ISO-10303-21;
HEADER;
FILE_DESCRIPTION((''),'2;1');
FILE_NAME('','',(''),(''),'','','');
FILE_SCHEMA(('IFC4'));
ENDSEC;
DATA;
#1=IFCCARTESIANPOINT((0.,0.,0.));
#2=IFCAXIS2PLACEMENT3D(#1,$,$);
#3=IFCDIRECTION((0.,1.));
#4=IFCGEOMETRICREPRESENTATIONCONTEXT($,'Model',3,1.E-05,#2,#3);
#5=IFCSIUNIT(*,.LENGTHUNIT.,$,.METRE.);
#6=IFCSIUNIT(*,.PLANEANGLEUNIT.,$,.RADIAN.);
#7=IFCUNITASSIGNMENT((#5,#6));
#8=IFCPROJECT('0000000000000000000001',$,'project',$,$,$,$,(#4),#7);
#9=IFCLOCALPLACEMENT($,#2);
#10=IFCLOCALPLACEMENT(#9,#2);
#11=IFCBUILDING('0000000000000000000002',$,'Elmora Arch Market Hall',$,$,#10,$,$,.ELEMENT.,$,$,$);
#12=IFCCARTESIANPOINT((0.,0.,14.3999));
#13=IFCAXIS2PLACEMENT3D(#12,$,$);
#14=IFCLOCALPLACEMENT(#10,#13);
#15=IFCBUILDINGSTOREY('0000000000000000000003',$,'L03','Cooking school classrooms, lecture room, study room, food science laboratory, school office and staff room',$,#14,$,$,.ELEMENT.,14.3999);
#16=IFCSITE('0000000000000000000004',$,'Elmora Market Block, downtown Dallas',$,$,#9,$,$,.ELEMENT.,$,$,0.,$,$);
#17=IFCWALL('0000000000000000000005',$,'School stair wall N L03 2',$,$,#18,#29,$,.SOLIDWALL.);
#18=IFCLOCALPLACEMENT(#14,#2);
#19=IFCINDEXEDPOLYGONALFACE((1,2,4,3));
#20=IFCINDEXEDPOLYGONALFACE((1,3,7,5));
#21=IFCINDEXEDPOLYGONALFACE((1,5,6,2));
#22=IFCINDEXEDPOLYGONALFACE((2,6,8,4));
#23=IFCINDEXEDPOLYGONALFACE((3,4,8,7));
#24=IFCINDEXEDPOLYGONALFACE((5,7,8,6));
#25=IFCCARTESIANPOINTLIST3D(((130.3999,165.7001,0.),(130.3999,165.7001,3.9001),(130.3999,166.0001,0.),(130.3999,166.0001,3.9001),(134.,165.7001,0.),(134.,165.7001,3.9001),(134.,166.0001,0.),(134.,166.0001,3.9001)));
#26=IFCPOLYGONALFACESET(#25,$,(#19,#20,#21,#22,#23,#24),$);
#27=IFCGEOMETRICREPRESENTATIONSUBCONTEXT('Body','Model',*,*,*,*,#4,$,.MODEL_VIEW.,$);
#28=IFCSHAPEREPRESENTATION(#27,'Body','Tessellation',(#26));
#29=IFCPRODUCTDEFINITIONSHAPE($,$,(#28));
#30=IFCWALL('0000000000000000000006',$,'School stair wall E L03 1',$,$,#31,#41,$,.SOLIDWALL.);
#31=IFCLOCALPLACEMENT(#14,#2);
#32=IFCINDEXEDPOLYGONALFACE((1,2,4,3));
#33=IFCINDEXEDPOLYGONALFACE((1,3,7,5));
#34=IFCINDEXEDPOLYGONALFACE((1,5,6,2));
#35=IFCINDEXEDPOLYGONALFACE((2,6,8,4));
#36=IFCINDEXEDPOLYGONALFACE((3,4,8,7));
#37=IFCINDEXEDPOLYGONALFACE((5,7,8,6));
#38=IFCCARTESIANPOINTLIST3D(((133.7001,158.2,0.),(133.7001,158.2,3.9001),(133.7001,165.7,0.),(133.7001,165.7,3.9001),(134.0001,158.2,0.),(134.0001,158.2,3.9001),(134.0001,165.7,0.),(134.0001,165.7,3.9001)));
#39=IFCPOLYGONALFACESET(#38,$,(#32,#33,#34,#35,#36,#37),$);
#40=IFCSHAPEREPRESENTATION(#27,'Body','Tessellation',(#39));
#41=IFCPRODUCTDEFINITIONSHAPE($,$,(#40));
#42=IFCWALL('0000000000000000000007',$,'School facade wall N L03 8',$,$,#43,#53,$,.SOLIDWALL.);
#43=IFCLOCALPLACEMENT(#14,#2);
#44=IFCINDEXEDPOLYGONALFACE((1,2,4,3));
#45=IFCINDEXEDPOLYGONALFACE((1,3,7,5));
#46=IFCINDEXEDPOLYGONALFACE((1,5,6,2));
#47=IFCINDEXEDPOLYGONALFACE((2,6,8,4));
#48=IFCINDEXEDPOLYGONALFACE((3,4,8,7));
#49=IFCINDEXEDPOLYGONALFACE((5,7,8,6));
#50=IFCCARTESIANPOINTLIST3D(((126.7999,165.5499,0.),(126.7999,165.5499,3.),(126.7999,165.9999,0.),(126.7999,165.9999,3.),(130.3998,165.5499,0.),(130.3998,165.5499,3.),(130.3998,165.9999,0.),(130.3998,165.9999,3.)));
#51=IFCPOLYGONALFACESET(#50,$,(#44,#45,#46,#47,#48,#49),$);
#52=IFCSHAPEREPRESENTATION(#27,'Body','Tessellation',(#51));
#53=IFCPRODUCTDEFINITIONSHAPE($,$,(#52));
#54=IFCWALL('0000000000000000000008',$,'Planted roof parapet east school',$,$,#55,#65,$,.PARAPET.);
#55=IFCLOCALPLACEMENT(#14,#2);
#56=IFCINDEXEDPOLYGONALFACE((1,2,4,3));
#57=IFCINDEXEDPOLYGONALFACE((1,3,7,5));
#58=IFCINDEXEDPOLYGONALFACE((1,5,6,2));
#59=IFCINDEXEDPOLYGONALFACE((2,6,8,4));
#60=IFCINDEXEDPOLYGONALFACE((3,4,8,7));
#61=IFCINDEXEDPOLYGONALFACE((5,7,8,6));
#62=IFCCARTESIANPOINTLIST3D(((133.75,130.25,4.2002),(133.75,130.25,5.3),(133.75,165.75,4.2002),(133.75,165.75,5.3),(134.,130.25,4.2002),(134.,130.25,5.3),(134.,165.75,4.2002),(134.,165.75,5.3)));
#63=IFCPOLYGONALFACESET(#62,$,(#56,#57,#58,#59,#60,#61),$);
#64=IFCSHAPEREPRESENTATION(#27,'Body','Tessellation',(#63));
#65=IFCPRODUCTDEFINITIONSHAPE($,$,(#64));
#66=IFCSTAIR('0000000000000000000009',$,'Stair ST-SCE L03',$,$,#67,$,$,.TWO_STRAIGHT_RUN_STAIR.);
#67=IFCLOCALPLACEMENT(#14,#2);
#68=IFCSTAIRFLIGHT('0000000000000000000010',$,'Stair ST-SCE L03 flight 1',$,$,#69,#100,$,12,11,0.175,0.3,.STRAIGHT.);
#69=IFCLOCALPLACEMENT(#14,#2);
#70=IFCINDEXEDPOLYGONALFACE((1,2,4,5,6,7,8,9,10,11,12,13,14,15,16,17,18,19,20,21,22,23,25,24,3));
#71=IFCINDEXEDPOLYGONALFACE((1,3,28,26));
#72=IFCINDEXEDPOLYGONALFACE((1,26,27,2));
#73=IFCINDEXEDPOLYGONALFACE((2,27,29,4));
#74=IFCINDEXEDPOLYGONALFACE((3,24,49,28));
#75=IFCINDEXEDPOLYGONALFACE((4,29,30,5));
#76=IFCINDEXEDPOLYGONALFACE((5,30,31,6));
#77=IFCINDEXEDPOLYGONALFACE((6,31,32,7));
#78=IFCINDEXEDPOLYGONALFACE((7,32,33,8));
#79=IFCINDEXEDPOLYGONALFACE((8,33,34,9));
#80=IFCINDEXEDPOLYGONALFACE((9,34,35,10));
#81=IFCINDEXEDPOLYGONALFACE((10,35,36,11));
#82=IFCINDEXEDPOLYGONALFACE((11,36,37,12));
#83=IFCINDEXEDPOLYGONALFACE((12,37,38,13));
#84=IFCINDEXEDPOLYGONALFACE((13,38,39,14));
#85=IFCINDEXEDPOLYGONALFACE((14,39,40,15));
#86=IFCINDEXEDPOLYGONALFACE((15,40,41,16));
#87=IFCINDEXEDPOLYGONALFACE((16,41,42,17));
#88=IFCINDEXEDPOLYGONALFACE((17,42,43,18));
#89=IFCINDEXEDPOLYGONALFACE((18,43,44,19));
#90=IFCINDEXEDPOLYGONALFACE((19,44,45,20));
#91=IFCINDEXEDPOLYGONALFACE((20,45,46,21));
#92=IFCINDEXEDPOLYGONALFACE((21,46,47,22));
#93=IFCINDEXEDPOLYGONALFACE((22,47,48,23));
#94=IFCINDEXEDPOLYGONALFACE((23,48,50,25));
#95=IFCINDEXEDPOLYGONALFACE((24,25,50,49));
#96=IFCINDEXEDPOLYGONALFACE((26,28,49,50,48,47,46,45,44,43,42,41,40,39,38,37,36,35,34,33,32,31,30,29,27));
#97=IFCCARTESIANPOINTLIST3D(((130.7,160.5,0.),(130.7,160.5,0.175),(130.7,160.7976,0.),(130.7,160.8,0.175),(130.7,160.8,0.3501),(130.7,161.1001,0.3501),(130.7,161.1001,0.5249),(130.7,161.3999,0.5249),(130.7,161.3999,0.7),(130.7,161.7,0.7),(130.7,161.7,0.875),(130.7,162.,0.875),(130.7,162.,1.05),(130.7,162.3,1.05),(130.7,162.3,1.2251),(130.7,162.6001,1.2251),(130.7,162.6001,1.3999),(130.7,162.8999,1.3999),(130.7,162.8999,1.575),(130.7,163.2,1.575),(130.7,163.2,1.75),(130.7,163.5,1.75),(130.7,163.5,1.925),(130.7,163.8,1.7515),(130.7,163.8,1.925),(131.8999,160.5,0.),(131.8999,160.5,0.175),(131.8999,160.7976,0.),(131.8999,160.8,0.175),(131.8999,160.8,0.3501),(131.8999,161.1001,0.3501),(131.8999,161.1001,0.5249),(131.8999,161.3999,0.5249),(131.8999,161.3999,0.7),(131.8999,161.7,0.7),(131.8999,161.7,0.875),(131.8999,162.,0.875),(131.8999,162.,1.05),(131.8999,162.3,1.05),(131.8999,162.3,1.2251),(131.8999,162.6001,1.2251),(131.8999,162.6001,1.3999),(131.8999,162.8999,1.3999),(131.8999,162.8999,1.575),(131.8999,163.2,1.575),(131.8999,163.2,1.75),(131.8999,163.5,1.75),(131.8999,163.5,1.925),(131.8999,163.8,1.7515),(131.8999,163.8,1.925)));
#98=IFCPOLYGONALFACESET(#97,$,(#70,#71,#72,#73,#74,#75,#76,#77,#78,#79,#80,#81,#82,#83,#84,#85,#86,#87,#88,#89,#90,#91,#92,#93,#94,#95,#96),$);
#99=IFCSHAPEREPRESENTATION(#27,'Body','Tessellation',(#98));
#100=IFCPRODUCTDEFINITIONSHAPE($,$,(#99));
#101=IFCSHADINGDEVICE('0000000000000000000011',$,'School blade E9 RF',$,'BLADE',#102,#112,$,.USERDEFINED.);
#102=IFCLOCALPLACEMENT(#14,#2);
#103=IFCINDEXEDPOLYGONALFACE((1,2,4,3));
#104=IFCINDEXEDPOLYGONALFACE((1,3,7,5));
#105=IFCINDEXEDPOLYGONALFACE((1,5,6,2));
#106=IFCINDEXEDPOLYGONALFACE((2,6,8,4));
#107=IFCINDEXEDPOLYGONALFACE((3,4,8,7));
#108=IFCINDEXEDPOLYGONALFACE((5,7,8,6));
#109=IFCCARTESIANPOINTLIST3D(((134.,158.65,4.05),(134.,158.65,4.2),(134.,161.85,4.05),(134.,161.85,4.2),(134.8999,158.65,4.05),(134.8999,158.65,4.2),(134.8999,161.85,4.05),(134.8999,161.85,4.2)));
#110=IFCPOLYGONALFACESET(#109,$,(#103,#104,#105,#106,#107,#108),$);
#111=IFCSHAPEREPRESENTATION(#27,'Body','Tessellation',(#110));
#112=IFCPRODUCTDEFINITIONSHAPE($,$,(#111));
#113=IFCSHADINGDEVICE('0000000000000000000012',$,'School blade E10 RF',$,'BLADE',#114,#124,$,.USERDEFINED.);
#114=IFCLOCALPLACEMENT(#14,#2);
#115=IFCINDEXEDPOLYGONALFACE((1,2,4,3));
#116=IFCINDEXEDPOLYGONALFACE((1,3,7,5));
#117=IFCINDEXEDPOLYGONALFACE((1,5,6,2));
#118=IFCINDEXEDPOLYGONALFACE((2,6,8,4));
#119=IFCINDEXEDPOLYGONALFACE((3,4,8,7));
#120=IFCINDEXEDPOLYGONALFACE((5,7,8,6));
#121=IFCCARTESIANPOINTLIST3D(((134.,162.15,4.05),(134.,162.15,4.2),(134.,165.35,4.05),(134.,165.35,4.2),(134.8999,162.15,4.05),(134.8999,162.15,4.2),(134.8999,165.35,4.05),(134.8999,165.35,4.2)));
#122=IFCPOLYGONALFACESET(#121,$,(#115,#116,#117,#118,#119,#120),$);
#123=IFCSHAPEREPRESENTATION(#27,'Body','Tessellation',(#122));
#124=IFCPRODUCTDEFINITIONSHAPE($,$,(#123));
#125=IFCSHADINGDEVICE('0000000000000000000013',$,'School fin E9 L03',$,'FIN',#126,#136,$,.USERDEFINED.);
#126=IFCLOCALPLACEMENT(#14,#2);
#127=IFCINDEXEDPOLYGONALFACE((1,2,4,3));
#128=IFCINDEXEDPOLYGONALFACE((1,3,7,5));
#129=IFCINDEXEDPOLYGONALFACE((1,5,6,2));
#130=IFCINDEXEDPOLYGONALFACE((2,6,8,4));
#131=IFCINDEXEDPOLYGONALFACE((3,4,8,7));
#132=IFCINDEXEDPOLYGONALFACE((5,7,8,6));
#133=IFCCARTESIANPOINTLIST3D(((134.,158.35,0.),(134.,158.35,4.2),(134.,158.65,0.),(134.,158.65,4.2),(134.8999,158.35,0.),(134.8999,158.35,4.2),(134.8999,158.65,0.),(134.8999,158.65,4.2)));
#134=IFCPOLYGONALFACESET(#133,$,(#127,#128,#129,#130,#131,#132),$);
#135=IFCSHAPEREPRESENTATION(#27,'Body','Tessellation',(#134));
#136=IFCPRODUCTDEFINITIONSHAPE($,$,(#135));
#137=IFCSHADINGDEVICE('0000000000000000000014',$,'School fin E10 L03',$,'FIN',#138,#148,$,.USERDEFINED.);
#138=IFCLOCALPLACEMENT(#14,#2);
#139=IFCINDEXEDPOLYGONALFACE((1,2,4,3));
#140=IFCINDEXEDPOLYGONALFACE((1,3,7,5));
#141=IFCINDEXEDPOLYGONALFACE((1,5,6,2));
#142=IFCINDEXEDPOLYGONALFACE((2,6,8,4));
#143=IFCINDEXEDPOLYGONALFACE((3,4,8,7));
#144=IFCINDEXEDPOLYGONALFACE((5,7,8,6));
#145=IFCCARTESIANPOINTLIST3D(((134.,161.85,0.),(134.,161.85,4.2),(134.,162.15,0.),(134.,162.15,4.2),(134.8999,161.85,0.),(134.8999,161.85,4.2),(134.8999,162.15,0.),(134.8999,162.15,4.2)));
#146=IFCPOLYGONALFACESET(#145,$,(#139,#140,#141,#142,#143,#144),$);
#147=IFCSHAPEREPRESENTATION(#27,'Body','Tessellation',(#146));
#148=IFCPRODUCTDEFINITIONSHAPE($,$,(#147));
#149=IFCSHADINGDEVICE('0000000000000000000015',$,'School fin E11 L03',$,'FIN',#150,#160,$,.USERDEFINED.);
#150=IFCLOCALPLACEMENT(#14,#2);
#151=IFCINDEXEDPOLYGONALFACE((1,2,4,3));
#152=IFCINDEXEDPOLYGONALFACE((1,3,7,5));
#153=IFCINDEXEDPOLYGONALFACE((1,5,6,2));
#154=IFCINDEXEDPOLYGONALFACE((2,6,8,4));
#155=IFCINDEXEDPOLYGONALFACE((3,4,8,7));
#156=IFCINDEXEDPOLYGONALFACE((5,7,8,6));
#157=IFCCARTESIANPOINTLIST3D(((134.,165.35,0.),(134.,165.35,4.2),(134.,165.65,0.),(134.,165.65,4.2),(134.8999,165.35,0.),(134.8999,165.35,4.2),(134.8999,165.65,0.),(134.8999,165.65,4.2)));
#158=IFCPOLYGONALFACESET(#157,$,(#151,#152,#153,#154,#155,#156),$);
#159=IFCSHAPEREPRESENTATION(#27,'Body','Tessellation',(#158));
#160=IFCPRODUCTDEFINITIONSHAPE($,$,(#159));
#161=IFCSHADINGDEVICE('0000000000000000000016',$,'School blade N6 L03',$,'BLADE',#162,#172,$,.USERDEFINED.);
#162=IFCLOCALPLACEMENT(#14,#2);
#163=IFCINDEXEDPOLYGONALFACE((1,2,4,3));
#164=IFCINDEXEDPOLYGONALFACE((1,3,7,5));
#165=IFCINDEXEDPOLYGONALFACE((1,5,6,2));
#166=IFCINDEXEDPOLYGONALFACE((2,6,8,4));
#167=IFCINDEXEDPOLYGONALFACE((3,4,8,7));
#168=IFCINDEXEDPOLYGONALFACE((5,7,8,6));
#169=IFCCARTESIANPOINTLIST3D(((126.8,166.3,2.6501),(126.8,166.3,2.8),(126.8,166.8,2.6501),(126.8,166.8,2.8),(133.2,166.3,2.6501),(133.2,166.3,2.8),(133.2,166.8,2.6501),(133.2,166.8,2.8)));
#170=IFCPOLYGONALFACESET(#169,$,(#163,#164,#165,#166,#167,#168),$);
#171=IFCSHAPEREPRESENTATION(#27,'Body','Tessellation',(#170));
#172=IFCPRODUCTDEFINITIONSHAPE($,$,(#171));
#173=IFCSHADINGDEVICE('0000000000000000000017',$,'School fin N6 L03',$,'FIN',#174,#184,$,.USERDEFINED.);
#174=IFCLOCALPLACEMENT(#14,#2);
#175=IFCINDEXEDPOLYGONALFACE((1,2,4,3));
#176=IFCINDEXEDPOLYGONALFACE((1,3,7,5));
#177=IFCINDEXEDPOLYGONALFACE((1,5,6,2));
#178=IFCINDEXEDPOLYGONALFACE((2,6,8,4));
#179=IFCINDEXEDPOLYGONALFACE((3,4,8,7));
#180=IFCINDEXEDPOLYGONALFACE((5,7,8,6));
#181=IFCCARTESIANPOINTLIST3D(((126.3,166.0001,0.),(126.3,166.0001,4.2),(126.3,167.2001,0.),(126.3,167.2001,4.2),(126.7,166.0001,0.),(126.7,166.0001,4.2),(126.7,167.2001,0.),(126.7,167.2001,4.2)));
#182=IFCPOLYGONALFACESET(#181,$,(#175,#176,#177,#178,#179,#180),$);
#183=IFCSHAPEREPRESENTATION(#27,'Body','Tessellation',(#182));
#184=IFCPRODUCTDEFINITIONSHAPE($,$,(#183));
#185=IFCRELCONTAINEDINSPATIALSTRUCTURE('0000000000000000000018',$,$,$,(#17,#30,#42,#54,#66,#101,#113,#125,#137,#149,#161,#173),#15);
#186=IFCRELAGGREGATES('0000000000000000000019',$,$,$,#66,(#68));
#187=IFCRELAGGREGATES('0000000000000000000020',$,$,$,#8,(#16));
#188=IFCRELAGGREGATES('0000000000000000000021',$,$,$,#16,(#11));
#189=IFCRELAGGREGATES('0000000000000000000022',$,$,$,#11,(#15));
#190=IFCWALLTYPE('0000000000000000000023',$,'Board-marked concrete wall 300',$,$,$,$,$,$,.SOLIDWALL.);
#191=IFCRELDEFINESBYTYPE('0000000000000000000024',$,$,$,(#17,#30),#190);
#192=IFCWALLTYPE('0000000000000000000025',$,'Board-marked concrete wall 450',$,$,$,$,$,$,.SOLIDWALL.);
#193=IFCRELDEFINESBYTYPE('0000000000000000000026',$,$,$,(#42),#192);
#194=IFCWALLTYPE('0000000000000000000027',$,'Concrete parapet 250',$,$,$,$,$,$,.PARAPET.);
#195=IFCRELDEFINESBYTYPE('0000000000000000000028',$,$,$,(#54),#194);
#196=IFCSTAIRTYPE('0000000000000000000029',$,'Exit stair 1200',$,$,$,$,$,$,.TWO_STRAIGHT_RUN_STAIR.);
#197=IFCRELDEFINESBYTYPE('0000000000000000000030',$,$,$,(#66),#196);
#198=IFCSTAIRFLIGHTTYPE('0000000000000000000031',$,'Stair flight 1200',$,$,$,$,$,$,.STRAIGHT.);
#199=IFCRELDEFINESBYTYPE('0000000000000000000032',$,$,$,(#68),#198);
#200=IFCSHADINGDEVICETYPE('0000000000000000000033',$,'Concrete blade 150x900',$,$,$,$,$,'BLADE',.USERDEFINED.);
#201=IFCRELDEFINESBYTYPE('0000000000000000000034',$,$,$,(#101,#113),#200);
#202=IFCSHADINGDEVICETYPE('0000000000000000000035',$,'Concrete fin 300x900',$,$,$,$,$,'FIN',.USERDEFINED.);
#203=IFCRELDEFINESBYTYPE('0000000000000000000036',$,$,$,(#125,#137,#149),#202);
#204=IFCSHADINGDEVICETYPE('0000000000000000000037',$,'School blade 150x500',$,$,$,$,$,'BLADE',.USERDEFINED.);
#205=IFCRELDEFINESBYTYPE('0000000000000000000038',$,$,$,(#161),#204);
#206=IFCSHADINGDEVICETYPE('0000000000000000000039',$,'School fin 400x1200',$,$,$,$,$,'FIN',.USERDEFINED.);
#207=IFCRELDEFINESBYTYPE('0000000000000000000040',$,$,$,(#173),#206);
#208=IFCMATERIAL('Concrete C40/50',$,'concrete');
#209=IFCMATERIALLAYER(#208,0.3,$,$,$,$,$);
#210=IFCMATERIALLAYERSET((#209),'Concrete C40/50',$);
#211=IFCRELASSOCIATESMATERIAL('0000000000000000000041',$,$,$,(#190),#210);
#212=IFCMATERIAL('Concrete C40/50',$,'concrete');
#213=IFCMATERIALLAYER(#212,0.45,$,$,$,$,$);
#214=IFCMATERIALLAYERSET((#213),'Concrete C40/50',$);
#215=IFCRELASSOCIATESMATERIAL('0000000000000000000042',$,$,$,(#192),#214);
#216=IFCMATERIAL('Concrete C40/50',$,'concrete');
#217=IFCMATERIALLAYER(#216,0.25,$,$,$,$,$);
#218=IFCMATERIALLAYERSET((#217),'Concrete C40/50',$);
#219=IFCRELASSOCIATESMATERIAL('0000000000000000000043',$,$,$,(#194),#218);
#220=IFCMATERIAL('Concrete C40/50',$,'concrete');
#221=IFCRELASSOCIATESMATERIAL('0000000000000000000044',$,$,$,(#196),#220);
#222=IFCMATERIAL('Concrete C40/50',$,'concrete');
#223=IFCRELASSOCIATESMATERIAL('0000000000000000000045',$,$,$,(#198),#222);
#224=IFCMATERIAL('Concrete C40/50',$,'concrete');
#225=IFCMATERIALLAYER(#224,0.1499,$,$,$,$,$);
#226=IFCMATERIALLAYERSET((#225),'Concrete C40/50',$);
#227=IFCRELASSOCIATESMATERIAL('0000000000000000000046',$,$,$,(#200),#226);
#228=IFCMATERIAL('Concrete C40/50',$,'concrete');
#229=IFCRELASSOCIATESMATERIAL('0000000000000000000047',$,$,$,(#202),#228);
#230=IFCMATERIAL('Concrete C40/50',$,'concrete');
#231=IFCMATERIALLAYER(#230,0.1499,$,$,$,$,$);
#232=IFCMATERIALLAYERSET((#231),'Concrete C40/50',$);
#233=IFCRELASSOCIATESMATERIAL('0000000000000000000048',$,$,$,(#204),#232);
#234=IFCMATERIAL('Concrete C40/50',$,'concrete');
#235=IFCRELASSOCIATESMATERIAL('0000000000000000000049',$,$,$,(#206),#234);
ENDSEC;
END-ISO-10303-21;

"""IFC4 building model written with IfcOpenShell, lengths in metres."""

from ifc_helpers import new_model, si_unit, direction, frame, frame_2d, origin, origin_2d, place, context, subcontext, project, spatial, polyline, rectangle, outline, extrude, material, layer, layer_set, type_object, element, aggregate, save


model = new_model("IFC4")

# Units and contexts
model_context = context("Model", 3, precision=1e-05, world=origin(), true_north=direction((0.0, 1.0)))
body_context = subcontext(model_context, "Body", "Model", "MODEL_VIEW")
ifc_project = project(units=[si_unit("LENGTHUNIT", "METRE"), si_unit("PLANEANGLEUNIT", "RADIAN")], contexts=[model_context])

# Site, building, storey
site_placement = place(None, origin())
site = spatial("IfcSite", under=ifc_project, at=site_placement, Name="Elmora Market Block, downtown Dallas", CompositionType="ELEMENT", RefElevation=0.0)
building_placement = place(site_placement, origin())
building = spatial("IfcBuilding", under=site, at=building_placement, Name="Elmora Arch Market Hall", CompositionType="ELEMENT")
storey_placement = place(building_placement, frame((0.0, 0.0, 14.3999)))
storey = spatial("IfcBuildingStorey", under=building, at=storey_placement, Name="L03", Description="Cooking school classrooms, lecture room, study room, food science laboratory, school office and staff room", CompositionType="ELEMENT", Elevation=14.3999)

# Walls
ifc_material_1 = material(Name="Concrete C40/50", Category="concrete")
ifc_layer_1 = layer(ifc_material_1, 0.3)
ifc_layer_set_1 = layer_set([ifc_layer_1], Name="Concrete C40/50")
wall_type_1 = type_object("IfcWallType", Name="Board-marked concrete wall 300", PredefinedType="SOLIDWALL", material=ifc_layer_set_1)
wall_1_placement = place(storey_placement, frame((130.3999, 165.8501, 0.0), z_axis=(0.0, 0.0, 1.0), x_axis=(1.0, 0.0, 0.0)))
element("IfcWall", 1, at=wall_1_placement, inside=storey, type_object=wall_type_1, Name="School stair wall N L03 2", PredefinedType="SOLIDWALL", context=body_context, shape_type="SweptSolid", body=[
    extrude(rectangle(XDim=3.6001, YDim=0.3, at=frame_2d((1.8, 0.0))), origin(), (0.0, 0.0, 1.0), 3.9001),
])
wall_2_placement = place(storey_placement, frame((133.8501, 165.7, 0.0), z_axis=(0.0, 0.0, 1.0), x_axis=(0.0, -1.0, 0.0)))
element("IfcWall", 2, at=wall_2_placement, inside=storey, type_object=wall_type_1, Name="School stair wall E L03 1", PredefinedType="SOLIDWALL", context=body_context, shape_type="SweptSolid", body=[
    extrude(rectangle(XDim=7.5, YDim=0.3, at=frame_2d((3.75, 0.0))), origin(), (0.0, 0.0, 1.0), 3.9001),
])
ifc_material_2 = material(Name="Concrete C40/50", Category="concrete")
ifc_layer_2 = layer(ifc_material_2, 0.45)
ifc_layer_set_2 = layer_set([ifc_layer_2], Name="Concrete C40/50")
wall_type_2 = type_object("IfcWallType", Name="Board-marked concrete wall 450", PredefinedType="SOLIDWALL", material=ifc_layer_set_2)
wall_3_placement = place(storey_placement, frame((126.8, 165.7749, 0.0), z_axis=(0.0, 0.0, 1.0), x_axis=(1.0, 0.0, 0.0)))
element("IfcWall", 3, at=wall_3_placement, inside=storey, type_object=wall_type_2, Name="School facade wall N L03 8", PredefinedType="SOLIDWALL", context=body_context, shape_type="SweptSolid", body=[
    extrude(rectangle(XDim=3.5999, YDim=0.45, at=frame_2d((1.7998, 0.0))), origin(), (0.0, 0.0, 1.0), 3.0),
])
ifc_material_3 = material(Name="Concrete C40/50", Category="concrete")
ifc_layer_3 = layer(ifc_material_3, 0.25)
ifc_layer_set_3 = layer_set([ifc_layer_3], Name="Concrete C40/50")
wall_type_3 = type_object("IfcWallType", Name="Concrete parapet 250", PredefinedType="PARAPET", material=ifc_layer_set_3)
wall_4_placement = place(storey_placement, frame((133.875, 165.75, 4.2002), z_axis=(0.0, 0.0, 1.0), x_axis=(0.0, -1.0, 0.0)))
element("IfcWall", 4, at=wall_4_placement, inside=storey, type_object=wall_type_3, Name="Planted roof parapet east school", PredefinedType="PARAPET", context=body_context, shape_type="SweptSolid", body=[
    extrude(rectangle(XDim=35.5, YDim=0.25, at=frame_2d((17.75, 0.0))), origin(), (0.0, 0.0, 1.0), 1.0999),
])

# Stair, stair flight
ifc_material_4 = material(Name="Concrete C40/50", Category="concrete")
stair_type = type_object("IfcStairType", Name="Exit stair 1200", PredefinedType="TWO_STRAIGHT_RUN_STAIR", material=ifc_material_4)
stair_placement = place(storey_placement, origin())
stair = element("IfcStair", 5, at=stair_placement, inside=storey, type_object=stair_type, Name="Stair ST-SCE L03", PredefinedType="TWO_STRAIGHT_RUN_STAIR")
ifc_material_5 = material(Name="Concrete C40/50", Category="concrete")
stair_flight_type = type_object("IfcStairFlightType", Name="Stair flight 1200", PredefinedType="STRAIGHT", material=ifc_material_5)
stair_flight_placement = place(storey_placement, frame((131.3, 160.5, 0.0), z_axis=(0.0, 0.0, 1.0), x_axis=(0.0, 1.0, 0.0)))
stair_flight = element("IfcStairFlight", 6, at=stair_flight_placement, type_object=stair_flight_type, Name="Stair ST-SCE L03 flight 1", NumberOfRisers=12, NumberOfTreads=11, PredefinedType="STRAIGHT", RiserHeight=0.175, TreadLength=0.3, context=body_context, shape_type="SweptSolid", body=[
    extrude(outline(polyline([(0.0, 0.0), (0.0, 0.175), (0.3, 0.175), (0.3, 0.3501), (0.6001, 0.3501), (0.6001, 0.5249), (0.8999, 0.5249), (0.8999, 0.7), (1.2, 0.7), (1.2, 0.875), (1.5, 0.875), (1.5, 1.05), (1.8, 1.05), (1.8, 1.2251), (2.1001, 1.2251), (2.1001, 1.3999), (2.3999, 1.3999), (2.3999, 1.575), (2.7, 1.575), (2.7, 1.75), (3.0, 1.75), (3.0, 1.925), (3.3, 1.925), (3.3, 2.1001), (3.3, 1.7515), (0.2976, 0.0), (0.0, 0.0)])), frame((0.0, 0.6001, 0.0), z_axis=(0.0, -1.0, 0.0), x_axis=(1.0, 0.0, 0.0)), (0.0, 0.0, 1.0), 1.2),
])
aggregate(stair, [stair_flight])

# Shading devices
ifc_material_6 = material(Name="Concrete C40/50", Category="concrete")
ifc_layer_4 = layer(ifc_material_6, 0.1499)
ifc_layer_set_4 = layer_set([ifc_layer_4], Name="Concrete C40/50")
shading_device_type_1 = type_object("IfcShadingDeviceType", Name="Concrete blade 150x900", ElementType="BLADE", PredefinedType="USERDEFINED", material=ifc_layer_set_4)
for number, where, z_axis, x_axis, name in (
    (7, (134.45, 160.25, 4.05), (0.0, 0.0, 1.0), (1.0, 0.0, 0.0), "School blade E9 RF"),
    (8, (134.45, 163.75, 4.05), (0.0, 0.0, 1.0), (1.0, 0.0, 0.0), "School blade E10 RF"),
):
    element("IfcShadingDevice", number, at=place(storey_placement, frame(where, z_axis=z_axis, x_axis=x_axis)), inside=storey, type_object=shading_device_type_1, Name=name, ObjectType="BLADE", PredefinedType="USERDEFINED", context=body_context, shape_type="SweptSolid", body=[
        extrude(rectangle(XDim=0.8999, YDim=3.2, at=origin_2d()), origin(), (0.0, 0.0, 1.0), 0.1499),
    ])
ifc_material_7 = material(Name="Concrete C40/50", Category="concrete")
shading_device_type_2 = type_object("IfcShadingDeviceType", Name="Concrete fin 300x900", ElementType="FIN", PredefinedType="USERDEFINED", material=ifc_material_7)
for number, where, z_axis, x_axis, name in (
    (9, (134.45, 158.5, 0.0), (0.0, 0.0, 1.0), (1.0, 0.0, 0.0), "School fin E9 L03"),
    (10, (134.45, 162.0, 0.0), (0.0, 0.0, 1.0), (1.0, 0.0, 0.0), "School fin E10 L03"),
    (11, (134.45, 165.5, 0.0), (0.0, 0.0, 1.0), (1.0, 0.0, 0.0), "School fin E11 L03"),
):
    element("IfcShadingDevice", number, at=place(storey_placement, frame(where, z_axis=z_axis, x_axis=x_axis)), inside=storey, type_object=shading_device_type_2, Name=name, ObjectType="FIN", PredefinedType="USERDEFINED", context=body_context, shape_type="SweptSolid", body=[
        extrude(rectangle(XDim=0.8999, YDim=0.3, at=origin_2d()), origin(), (0.0, 0.0, 1.0), 4.2),
    ])
ifc_material_8 = material(Name="Concrete C40/50", Category="concrete")
ifc_layer_5 = layer(ifc_material_8, 0.1499)
ifc_layer_set_5 = layer_set([ifc_layer_5], Name="Concrete C40/50")
shading_device_type_3 = type_object("IfcShadingDeviceType", Name="School blade 150x500", ElementType="BLADE", PredefinedType="USERDEFINED", material=ifc_layer_set_5)
shading_device_placement = place(storey_placement, frame((130.0, 166.55, 2.6501), z_axis=(0.0, 0.0, 1.0), x_axis=(1.0, 0.0, 0.0)))
element("IfcShadingDevice", 12, at=shading_device_placement, inside=storey, type_object=shading_device_type_3, Name="School blade N6 L03", ObjectType="BLADE", PredefinedType="USERDEFINED", context=body_context, shape_type="SweptSolid", body=[
    extrude(rectangle(XDim=6.3999, YDim=0.5, at=origin_2d()), origin(), (0.0, 0.0, 1.0), 0.1499),
])
ifc_material_9 = material(Name="Concrete C40/50", Category="concrete")
shading_device_type_4 = type_object("IfcShadingDeviceType", Name="School fin 400x1200", ElementType="FIN", PredefinedType="USERDEFINED", material=ifc_material_9)
for number, where, z_axis, x_axis, name in (
    (13, (126.5, 166.6001, 0.0), (0.0, 0.0, 1.0), (1.0, 0.0, 0.0), "School fin N6 L03"),
):
    element("IfcShadingDevice", number, at=place(storey_placement, frame(where, z_axis=z_axis, x_axis=x_axis)), inside=storey, type_object=shading_device_type_4, Name=name, ObjectType="FIN", PredefinedType="USERDEFINED", context=body_context, shape_type="SweptSolid", body=[
        extrude(rectangle(XDim=0.3999, YDim=1.2, at=origin_2d()), origin(), (0.0, 0.0, 1.0), 4.2),
    ])

save(model, "model.ifc")
